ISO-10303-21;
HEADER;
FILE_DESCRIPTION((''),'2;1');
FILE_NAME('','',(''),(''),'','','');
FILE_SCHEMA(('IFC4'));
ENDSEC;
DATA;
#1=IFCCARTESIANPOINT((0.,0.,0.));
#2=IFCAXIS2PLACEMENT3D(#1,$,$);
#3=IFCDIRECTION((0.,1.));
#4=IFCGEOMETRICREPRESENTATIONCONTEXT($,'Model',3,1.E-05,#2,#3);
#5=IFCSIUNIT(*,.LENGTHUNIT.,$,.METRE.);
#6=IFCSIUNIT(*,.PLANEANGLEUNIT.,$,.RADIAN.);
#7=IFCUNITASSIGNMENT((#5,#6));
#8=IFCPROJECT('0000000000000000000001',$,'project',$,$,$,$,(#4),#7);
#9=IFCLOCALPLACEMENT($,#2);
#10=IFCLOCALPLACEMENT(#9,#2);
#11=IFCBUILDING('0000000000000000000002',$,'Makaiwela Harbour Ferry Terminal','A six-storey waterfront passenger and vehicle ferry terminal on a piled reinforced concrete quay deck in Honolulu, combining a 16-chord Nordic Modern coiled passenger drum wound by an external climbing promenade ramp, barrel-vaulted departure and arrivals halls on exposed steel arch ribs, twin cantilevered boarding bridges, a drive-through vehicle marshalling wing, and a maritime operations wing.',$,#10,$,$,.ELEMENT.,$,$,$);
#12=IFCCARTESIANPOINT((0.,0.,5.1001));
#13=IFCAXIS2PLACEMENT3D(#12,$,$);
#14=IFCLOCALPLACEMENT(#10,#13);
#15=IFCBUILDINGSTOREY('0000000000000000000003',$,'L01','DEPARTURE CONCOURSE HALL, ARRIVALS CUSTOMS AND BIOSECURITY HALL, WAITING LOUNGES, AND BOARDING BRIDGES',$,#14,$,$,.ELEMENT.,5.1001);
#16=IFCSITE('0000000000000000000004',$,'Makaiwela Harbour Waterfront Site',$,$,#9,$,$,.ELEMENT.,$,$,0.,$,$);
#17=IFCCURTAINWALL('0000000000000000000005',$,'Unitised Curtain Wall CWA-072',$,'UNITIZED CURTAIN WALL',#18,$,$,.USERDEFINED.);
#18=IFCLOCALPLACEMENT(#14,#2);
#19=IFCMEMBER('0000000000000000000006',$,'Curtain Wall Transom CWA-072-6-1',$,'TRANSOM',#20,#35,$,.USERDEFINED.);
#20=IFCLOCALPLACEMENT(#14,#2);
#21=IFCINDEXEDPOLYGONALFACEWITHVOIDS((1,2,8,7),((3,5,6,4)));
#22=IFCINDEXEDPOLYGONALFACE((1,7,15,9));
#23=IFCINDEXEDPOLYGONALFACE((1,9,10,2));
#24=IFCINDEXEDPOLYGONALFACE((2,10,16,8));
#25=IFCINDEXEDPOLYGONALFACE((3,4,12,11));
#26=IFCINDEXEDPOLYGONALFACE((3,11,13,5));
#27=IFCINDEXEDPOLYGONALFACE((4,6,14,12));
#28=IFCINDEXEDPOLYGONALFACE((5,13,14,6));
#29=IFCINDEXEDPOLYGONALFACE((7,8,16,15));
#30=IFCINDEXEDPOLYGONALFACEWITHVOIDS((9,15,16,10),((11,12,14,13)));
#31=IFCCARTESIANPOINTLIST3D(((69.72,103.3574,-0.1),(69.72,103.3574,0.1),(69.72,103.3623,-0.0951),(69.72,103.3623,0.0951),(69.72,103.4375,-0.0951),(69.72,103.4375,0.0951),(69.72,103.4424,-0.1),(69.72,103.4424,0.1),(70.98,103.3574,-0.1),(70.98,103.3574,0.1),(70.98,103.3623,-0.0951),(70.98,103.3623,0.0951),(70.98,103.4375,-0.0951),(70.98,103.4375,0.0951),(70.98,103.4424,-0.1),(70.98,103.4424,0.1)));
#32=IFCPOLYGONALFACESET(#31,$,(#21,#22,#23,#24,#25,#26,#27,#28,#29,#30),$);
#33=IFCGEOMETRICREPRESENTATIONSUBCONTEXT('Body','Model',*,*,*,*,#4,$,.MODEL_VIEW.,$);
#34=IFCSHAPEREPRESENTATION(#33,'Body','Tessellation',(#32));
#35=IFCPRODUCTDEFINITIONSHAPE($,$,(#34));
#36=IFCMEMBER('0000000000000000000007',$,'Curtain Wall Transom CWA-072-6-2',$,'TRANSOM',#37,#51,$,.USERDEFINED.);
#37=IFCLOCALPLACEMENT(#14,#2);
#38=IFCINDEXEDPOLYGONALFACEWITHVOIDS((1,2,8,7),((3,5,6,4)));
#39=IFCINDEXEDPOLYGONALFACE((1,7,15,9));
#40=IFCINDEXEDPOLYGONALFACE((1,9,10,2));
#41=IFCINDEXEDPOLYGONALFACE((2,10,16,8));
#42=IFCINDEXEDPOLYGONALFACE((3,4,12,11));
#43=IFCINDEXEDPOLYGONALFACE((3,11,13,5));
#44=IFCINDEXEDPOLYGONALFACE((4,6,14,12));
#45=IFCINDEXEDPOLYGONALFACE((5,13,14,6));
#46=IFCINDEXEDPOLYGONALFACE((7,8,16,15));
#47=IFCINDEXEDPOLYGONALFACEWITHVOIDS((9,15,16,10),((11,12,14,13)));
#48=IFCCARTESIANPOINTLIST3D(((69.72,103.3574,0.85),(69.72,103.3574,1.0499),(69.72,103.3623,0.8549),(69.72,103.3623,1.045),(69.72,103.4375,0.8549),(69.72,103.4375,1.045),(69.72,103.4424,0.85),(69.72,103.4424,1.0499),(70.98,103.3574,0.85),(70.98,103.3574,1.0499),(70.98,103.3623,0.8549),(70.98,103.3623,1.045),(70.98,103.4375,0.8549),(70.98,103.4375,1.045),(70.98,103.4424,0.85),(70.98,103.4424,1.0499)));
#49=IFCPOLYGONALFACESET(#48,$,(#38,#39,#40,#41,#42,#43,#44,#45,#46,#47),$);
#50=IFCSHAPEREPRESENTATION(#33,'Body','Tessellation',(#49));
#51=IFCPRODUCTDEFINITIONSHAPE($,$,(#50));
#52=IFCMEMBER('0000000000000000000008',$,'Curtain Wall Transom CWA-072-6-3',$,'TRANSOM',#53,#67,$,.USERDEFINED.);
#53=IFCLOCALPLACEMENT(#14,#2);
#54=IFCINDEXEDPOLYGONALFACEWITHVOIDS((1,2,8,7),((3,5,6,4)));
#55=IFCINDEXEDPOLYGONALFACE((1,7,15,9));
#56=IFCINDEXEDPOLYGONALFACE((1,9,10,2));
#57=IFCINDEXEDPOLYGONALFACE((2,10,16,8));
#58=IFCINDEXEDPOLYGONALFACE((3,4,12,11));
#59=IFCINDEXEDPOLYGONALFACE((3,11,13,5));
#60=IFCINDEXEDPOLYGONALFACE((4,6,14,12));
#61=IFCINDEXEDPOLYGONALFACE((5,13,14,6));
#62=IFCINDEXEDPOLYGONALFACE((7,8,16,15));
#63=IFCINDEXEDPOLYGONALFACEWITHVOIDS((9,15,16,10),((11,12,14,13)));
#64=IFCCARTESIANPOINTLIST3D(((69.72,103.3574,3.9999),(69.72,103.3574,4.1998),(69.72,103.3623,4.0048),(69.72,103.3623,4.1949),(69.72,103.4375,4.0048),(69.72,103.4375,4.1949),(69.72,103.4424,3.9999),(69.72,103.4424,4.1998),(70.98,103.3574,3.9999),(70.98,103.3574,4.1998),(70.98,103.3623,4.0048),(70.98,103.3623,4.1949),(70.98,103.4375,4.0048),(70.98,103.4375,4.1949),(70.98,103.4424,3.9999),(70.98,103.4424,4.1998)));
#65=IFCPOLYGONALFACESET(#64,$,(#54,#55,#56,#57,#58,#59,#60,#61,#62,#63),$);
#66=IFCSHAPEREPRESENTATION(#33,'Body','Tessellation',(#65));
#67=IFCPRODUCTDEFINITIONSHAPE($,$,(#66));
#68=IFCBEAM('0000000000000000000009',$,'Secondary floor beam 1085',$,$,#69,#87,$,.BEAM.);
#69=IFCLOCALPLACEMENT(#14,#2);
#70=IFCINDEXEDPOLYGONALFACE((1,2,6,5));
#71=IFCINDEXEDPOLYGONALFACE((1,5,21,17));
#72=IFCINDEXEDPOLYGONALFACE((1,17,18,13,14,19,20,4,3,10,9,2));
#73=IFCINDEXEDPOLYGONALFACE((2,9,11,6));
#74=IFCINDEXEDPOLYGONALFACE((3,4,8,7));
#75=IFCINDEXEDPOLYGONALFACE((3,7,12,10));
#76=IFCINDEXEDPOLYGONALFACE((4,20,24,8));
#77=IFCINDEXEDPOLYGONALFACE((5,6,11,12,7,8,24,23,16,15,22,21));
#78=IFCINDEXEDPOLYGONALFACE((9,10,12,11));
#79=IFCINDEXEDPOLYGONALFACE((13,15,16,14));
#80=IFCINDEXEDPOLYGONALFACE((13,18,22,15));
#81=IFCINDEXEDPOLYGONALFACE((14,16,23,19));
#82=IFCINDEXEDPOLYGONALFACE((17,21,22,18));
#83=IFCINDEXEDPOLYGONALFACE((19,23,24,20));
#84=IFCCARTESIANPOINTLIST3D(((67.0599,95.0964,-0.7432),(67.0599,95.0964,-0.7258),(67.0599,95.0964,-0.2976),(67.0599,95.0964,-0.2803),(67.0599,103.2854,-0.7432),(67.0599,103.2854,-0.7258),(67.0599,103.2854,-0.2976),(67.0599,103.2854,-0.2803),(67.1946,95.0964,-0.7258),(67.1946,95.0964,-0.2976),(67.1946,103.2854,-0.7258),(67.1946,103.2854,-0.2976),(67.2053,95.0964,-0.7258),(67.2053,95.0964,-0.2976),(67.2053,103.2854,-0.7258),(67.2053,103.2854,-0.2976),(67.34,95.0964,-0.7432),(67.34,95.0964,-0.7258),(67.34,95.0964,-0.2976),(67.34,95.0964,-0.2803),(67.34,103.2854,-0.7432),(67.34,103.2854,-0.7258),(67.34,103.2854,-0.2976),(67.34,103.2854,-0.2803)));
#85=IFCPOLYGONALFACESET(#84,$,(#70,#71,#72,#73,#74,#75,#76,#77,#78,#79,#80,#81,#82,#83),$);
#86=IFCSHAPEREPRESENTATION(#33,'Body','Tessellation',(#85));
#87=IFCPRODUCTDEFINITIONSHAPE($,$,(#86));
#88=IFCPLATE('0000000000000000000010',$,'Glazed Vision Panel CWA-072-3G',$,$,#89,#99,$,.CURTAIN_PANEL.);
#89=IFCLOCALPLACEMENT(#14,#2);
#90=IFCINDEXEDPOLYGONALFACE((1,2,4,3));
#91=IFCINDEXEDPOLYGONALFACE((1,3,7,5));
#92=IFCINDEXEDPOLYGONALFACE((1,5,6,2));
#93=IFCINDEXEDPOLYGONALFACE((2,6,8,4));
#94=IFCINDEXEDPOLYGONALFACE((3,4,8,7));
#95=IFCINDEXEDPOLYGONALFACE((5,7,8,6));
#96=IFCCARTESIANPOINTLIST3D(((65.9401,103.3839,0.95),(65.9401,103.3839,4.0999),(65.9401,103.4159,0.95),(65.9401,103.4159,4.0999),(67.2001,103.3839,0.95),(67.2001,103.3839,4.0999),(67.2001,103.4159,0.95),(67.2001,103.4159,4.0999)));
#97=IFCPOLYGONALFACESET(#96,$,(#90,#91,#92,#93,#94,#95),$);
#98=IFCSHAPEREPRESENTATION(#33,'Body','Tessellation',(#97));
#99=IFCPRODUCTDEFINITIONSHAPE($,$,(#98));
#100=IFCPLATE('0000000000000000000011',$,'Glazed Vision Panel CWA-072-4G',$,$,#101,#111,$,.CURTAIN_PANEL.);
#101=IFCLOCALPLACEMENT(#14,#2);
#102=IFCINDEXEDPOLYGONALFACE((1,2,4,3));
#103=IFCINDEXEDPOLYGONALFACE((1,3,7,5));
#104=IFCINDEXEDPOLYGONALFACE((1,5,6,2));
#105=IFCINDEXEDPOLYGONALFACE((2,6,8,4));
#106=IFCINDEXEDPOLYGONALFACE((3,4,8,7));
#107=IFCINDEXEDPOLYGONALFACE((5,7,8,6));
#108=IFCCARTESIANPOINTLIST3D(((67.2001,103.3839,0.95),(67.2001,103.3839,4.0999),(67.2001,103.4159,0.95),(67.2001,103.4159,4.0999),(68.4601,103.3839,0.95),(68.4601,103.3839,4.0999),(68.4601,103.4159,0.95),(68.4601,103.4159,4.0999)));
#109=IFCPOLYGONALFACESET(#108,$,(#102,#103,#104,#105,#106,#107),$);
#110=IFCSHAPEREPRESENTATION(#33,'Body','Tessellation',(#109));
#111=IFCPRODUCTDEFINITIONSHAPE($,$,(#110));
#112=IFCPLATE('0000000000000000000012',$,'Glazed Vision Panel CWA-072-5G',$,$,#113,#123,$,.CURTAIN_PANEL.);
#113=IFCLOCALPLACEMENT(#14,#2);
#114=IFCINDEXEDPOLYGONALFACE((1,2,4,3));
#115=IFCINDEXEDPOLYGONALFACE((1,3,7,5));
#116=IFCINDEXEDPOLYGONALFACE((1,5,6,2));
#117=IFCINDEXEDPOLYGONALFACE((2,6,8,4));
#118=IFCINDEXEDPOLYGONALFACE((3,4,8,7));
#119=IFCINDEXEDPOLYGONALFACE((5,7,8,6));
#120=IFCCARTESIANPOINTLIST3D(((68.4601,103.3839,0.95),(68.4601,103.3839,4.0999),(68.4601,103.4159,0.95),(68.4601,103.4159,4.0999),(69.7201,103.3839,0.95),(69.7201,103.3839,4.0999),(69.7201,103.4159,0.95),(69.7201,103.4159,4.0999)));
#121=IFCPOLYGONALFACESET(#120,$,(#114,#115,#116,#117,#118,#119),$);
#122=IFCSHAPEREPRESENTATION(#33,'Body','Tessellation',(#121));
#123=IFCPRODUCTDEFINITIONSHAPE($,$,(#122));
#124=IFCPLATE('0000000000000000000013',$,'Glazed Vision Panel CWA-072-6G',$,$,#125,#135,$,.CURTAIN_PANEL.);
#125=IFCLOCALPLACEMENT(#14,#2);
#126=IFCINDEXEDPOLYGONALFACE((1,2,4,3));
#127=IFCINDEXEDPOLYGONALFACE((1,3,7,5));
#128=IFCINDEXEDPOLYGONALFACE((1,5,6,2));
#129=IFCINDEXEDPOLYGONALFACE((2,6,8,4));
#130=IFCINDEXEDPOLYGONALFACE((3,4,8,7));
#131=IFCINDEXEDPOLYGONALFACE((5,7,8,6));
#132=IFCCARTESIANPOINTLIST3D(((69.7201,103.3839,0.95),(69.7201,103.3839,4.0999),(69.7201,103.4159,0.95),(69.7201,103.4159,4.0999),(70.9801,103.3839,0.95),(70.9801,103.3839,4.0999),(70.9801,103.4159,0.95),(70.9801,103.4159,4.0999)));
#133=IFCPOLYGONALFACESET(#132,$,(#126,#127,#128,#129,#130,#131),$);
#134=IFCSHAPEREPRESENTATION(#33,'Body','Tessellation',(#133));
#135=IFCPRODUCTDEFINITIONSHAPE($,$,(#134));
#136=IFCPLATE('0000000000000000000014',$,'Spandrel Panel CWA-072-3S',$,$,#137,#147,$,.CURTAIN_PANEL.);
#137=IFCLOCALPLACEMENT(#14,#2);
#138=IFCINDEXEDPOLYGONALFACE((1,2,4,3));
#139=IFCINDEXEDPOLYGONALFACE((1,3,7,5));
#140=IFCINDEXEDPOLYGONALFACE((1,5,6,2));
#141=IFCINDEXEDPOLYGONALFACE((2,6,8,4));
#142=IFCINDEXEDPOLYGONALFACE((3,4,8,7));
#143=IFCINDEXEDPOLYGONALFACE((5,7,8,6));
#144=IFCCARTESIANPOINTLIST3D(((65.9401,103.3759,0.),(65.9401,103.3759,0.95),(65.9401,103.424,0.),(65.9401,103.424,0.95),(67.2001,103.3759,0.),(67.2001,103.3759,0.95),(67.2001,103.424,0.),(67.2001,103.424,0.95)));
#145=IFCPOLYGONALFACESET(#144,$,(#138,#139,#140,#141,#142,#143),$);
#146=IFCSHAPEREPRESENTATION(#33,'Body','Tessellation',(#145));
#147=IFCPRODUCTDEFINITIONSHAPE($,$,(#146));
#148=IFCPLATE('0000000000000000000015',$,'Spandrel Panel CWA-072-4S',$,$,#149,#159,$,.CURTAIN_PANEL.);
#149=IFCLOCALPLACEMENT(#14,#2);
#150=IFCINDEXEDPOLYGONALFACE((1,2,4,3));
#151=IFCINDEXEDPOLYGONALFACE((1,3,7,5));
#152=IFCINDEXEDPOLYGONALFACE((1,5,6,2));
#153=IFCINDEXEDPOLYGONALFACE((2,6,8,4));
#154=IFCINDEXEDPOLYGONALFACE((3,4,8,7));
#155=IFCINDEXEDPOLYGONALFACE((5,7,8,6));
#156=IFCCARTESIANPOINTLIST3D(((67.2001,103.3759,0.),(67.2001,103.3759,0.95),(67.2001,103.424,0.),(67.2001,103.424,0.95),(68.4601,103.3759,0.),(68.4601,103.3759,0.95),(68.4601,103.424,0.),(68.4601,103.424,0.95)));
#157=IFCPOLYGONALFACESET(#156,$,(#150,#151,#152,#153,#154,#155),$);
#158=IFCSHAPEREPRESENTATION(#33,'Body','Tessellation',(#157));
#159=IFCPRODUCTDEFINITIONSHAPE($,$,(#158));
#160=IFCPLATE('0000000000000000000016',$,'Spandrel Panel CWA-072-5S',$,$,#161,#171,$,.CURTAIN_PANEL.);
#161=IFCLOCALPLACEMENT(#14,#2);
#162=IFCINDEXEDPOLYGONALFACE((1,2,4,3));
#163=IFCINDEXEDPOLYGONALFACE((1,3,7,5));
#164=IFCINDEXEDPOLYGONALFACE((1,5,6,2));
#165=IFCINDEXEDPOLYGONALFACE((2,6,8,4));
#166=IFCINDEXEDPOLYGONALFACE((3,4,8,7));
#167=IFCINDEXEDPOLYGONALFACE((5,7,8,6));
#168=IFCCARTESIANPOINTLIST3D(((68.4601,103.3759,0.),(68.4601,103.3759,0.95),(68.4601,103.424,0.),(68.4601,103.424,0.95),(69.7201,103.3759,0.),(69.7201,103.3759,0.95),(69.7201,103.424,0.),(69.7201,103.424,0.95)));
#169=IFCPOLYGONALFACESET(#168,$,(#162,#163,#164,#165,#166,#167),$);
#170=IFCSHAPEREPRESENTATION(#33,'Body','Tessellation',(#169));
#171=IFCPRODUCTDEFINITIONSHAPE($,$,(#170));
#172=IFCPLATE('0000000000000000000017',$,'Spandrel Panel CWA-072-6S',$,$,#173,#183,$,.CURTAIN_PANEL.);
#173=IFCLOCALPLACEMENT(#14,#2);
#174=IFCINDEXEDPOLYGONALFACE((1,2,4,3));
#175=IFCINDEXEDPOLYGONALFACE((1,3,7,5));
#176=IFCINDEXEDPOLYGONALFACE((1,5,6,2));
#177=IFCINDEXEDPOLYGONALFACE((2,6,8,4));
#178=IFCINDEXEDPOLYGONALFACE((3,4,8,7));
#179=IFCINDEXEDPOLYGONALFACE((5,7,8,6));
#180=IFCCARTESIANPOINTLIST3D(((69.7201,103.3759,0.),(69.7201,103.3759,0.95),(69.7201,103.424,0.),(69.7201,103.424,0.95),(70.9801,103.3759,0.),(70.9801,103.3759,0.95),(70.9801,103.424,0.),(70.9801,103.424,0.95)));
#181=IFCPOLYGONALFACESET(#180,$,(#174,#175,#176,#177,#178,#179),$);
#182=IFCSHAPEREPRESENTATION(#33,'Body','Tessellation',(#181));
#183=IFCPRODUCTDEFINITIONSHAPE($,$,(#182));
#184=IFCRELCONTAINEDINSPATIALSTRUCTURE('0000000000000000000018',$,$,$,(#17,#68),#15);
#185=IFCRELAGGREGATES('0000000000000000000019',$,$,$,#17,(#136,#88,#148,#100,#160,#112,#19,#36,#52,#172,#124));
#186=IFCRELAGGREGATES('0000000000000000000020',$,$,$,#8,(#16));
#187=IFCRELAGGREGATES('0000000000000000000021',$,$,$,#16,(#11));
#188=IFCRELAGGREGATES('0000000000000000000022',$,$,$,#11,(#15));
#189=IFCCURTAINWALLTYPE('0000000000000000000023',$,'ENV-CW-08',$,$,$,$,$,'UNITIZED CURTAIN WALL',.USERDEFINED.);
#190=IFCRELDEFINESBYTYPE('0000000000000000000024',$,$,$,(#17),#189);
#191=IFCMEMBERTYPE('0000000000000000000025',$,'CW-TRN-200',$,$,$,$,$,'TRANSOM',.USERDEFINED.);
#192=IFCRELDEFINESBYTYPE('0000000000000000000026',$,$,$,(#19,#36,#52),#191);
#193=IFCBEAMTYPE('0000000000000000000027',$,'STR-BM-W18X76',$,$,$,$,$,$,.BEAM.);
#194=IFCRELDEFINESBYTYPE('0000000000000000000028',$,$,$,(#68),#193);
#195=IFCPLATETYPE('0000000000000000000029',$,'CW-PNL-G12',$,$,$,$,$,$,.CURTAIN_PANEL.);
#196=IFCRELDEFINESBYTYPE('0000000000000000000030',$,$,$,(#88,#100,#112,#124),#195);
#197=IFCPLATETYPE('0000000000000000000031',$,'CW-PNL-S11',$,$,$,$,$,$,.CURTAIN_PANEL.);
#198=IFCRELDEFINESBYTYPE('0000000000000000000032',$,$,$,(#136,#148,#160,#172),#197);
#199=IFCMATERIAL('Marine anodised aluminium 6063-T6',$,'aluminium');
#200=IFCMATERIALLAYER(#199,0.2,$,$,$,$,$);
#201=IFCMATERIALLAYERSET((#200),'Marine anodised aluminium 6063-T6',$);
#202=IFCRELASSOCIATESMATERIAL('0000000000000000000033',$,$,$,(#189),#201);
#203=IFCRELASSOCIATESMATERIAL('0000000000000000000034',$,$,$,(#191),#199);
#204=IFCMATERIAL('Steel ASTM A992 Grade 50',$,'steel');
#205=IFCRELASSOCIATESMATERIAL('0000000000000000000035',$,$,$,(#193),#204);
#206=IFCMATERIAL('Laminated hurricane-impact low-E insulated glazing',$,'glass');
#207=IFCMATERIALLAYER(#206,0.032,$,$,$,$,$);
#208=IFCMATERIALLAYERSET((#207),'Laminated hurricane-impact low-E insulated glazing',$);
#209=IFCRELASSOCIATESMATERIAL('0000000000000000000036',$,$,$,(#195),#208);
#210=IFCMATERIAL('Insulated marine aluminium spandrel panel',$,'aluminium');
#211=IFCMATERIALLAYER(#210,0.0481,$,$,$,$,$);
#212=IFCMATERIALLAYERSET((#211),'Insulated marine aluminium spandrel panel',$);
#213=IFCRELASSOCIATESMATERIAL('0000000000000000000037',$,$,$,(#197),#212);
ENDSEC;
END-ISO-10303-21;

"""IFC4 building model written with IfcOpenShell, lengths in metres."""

from ifc_helpers import new_model, si_unit, direction, frame, origin, origin_2d, place, context, subcontext, project, spatial, rectangle, hollow_rectangle, i_section, extrude, material, layer, layer_set, material_profile, profile_set, type_object, element, aggregate, save


model = new_model("IFC4")

# Units and contexts
model_context = context("Model", 3, precision=1e-05, world=origin(), true_north=direction((0.0, 1.0)))
body_context = subcontext(model_context, "Body", "Model", "MODEL_VIEW")
ifc_project = project(units=[si_unit("LENGTHUNIT", "METRE"), si_unit("PLANEANGLEUNIT", "RADIAN")], contexts=[model_context])

# Site, building, storey
site_placement = place(None, origin())
site = spatial("IfcSite", under=ifc_project, at=site_placement, Name="Makaiwela Harbour Waterfront Site", CompositionType="ELEMENT", RefElevation=0.0)
building_placement = place(site_placement, origin())
building = spatial("IfcBuilding", under=site, at=building_placement, Name="Makaiwela Harbour Ferry Terminal", Description="A six-storey waterfront passenger and vehicle ferry terminal on a piled reinforced concrete quay deck in Honolulu, combining a 16-chord Nordic Modern coiled passenger drum wound by an external climbing promenade ramp, barrel-vaulted departure and arrivals halls on exposed steel arch ribs, twin cantilevered boarding bridges, a drive-through vehicle marshalling wing, and a maritime operations wing.", CompositionType="ELEMENT")
storey_placement = place(building_placement, frame((0.0, 0.0, 5.1001)))
storey = spatial("IfcBuildingStorey", under=building, at=storey_placement, Name="L01", Description="DEPARTURE CONCOURSE HALL, ARRIVALS CUSTOMS AND BIOSECURITY HALL, WAITING LOUNGES, AND BOARDING BRIDGES", CompositionType="ELEMENT", Elevation=5.1001)

# Curtain wall, members
ifc_material_1 = material(Name="Marine anodised aluminium 6063-T6", Category="aluminium")
ifc_layer_1 = layer(ifc_material_1, 0.2)
ifc_layer_set_1 = layer_set([ifc_layer_1], Name="Marine anodised aluminium 6063-T6")
curtain_wall_type = type_object("IfcCurtainWallType", Name="ENV-CW-08", ElementType="UNITIZED CURTAIN WALL", PredefinedType="USERDEFINED", material=ifc_layer_set_1)
curtain_wall_placement = place(storey_placement, origin())
curtain_wall = element("IfcCurtainWall", 1, at=curtain_wall_placement, inside=storey, type_object=curtain_wall_type, Name="Unitised Curtain Wall CWA-072", ObjectType="UNITIZED CURTAIN WALL", PredefinedType="USERDEFINED")
ifc_material_profile_1 = material_profile(ifc_material_1, hollow_rectangle(XDim=0.085, YDim=0.2, WallThickness=0.0049, at=origin_2d()), Name="CWT-200X85")
ifc_profile_set_1 = profile_set([ifc_material_profile_1], Name="Marine anodised aluminium 6063-T6")
member_type_1 = type_object("IfcMemberType", Name="CW-TRN-200", ElementType="TRANSOM", PredefinedType="USERDEFINED", material=ifc_profile_set_1)
member_1_placement = place(storey_placement, frame((69.72, 103.3999, 0.0), z_axis=(1.0, 0.0, 0.0), x_axis=(0.0, 1.0, 0.0)))
member_1 = element("IfcMember", 2, at=member_1_placement, type_object=member_type_1, Name="Curtain Wall Transom CWA-072-6-1", ObjectType="TRANSOM", PredefinedType="USERDEFINED", context=body_context, shape_type="SweptSolid", body=[
    extrude(hollow_rectangle(XDim=0.085, YDim=0.2, WallThickness=0.0049, at=origin_2d()), origin(), (0.0, 0.0, 1.0), 1.26),
])
member_2_placement = place(storey_placement, frame((69.72, 103.3999, 0.95), z_axis=(1.0, 0.0, 0.0), x_axis=(0.0, 1.0, 0.0)))
member_2 = element("IfcMember", 3, at=member_2_placement, type_object=member_type_1, Name="Curtain Wall Transom CWA-072-6-2", ObjectType="TRANSOM", PredefinedType="USERDEFINED", context=body_context, shape_type="SweptSolid", body=[
    extrude(hollow_rectangle(XDim=0.085, YDim=0.2, WallThickness=0.0049, at=origin_2d()), origin(), (0.0, 0.0, 1.0), 1.26),
])
member_3_placement = place(storey_placement, frame((69.72, 103.3999, 4.0999), z_axis=(1.0, 0.0, 0.0), x_axis=(0.0, 1.0, 0.0)))
member_3 = element("IfcMember", 4, at=member_3_placement, type_object=member_type_1, Name="Curtain Wall Transom CWA-072-6-3", ObjectType="TRANSOM", PredefinedType="USERDEFINED", context=body_context, shape_type="SweptSolid", body=[
    extrude(hollow_rectangle(XDim=0.085, YDim=0.2, WallThickness=0.0049, at=origin_2d()), origin(), (0.0, 0.0, 1.0), 1.26),
])

# Beam
ifc_material_2 = material(Name="Steel ASTM A992 Grade 50", Category="steel")
ifc_material_profile_2 = material_profile(ifc_material_2, i_section(OverallWidth=0.28, OverallDepth=0.4629, WebThickness=0.0107, FlangeThickness=0.0173, at=origin_2d()), Name="W18X76")
ifc_profile_set_2 = profile_set([ifc_material_profile_2], Name="Steel ASTM A992 Grade 50")
beam_type = type_object("IfcBeamType", Name="STR-BM-W18X76", PredefinedType="BEAM", material=ifc_profile_set_2)
beam_placement = place(storey_placement, frame((67.2, 95.0964, -0.5117), z_axis=(0.0, 1.0, 0.0), x_axis=(-1.0, 0.0, 0.0)))
element("IfcBeam", 5, at=beam_placement, inside=storey, type_object=beam_type, Name="Secondary floor beam 1085", PredefinedType="BEAM", context=body_context, shape_type="SweptSolid", body=[
    extrude(i_section(OverallWidth=0.28, OverallDepth=0.4629, WebThickness=0.0107, FlangeThickness=0.0173, at=origin_2d()), origin(), (0.0, 0.0, 1.0), 8.189),
])

# Plates
ifc_material_3 = material(Name="Laminated hurricane-impact low-E insulated glazing", Category="glass")
ifc_layer_2 = layer(ifc_material_3, 0.032)
ifc_layer_set_2 = layer_set([ifc_layer_2], Name="Laminated hurricane-impact low-E insulated glazing")
plate_type_1 = type_object("IfcPlateType", Name="CW-PNL-G12", PredefinedType="CURTAIN_PANEL", material=ifc_layer_set_2)
plate_1_placement = place(storey_placement, frame((66.5701, 103.3999, 0.95), z_axis=(0.0, 0.0, 1.0), x_axis=(1.0, 0.0, 0.0)))
plate_1 = element("IfcPlate", 6, at=plate_1_placement, type_object=plate_type_1, Name="Glazed Vision Panel CWA-072-3G", PredefinedType="CURTAIN_PANEL", context=body_context, shape_type="SweptSolid", body=[
    extrude(rectangle(XDim=1.26, YDim=0.032, at=origin_2d()), origin(), (0.0, 0.0, 1.0), 3.1499),
])
plate_2_placement = place(storey_placement, frame((67.8301, 103.3999, 0.95), z_axis=(0.0, 0.0, 1.0), x_axis=(1.0, 0.0, 0.0)))
plate_2 = element("IfcPlate", 7, at=plate_2_placement, type_object=plate_type_1, Name="Glazed Vision Panel CWA-072-4G", PredefinedType="CURTAIN_PANEL", context=body_context, shape_type="SweptSolid", body=[
    extrude(rectangle(XDim=1.26, YDim=0.032, at=origin_2d()), origin(), (0.0, 0.0, 1.0), 3.1499),
])
plate_3_placement = place(storey_placement, frame((69.0901, 103.3999, 0.95), z_axis=(0.0, 0.0, 1.0), x_axis=(1.0, 0.0, 0.0)))
plate_3 = element("IfcPlate", 8, at=plate_3_placement, type_object=plate_type_1, Name="Glazed Vision Panel CWA-072-5G", PredefinedType="CURTAIN_PANEL", context=body_context, shape_type="SweptSolid", body=[
    extrude(rectangle(XDim=1.26, YDim=0.032, at=origin_2d()), origin(), (0.0, 0.0, 1.0), 3.1499),
])
plate_4_placement = place(storey_placement, frame((70.3501, 103.3999, 0.95), z_axis=(0.0, 0.0, 1.0), x_axis=(1.0, 0.0, 0.0)))
plate_4 = element("IfcPlate", 9, at=plate_4_placement, type_object=plate_type_1, Name="Glazed Vision Panel CWA-072-6G", PredefinedType="CURTAIN_PANEL", context=body_context, shape_type="SweptSolid", body=[
    extrude(rectangle(XDim=1.26, YDim=0.032, at=origin_2d()), origin(), (0.0, 0.0, 1.0), 3.1499),
])
ifc_material_4 = material(Name="Insulated marine aluminium spandrel panel", Category="aluminium")
ifc_layer_3 = layer(ifc_material_4, 0.0481)
ifc_layer_set_3 = layer_set([ifc_layer_3], Name="Insulated marine aluminium spandrel panel")
plate_type_2 = type_object("IfcPlateType", Name="CW-PNL-S11", PredefinedType="CURTAIN_PANEL", material=ifc_layer_set_3)
plate_5_placement = place(storey_placement, frame((66.5701, 103.3999, 0.0), z_axis=(0.0, 0.0, 1.0), x_axis=(1.0, 0.0, 0.0)))
plate_5 = element("IfcPlate", 10, at=plate_5_placement, type_object=plate_type_2, Name="Spandrel Panel CWA-072-3S", PredefinedType="CURTAIN_PANEL", context=body_context, shape_type="SweptSolid", body=[
    extrude(rectangle(XDim=1.26, YDim=0.0481, at=origin_2d()), origin(), (0.0, 0.0, 1.0), 0.95),
])
plate_6_placement = place(storey_placement, frame((67.8301, 103.3999, 0.0), z_axis=(0.0, 0.0, 1.0), x_axis=(1.0, 0.0, 0.0)))
plate_6 = element("IfcPlate", 11, at=plate_6_placement, type_object=plate_type_2, Name="Spandrel Panel CWA-072-4S", PredefinedType="CURTAIN_PANEL", context=body_context, shape_type="SweptSolid", body=[
    extrude(rectangle(XDim=1.26, YDim=0.0481, at=origin_2d()), origin(), (0.0, 0.0, 1.0), 0.95),
])
plate_7_placement = place(storey_placement, frame((69.0901, 103.3999, 0.0), z_axis=(0.0, 0.0, 1.0), x_axis=(1.0, 0.0, 0.0)))
plate_7 = element("IfcPlate", 12, at=plate_7_placement, type_object=plate_type_2, Name="Spandrel Panel CWA-072-5S", PredefinedType="CURTAIN_PANEL", context=body_context, shape_type="SweptSolid", body=[
    extrude(rectangle(XDim=1.26, YDim=0.0481, at=origin_2d()), origin(), (0.0, 0.0, 1.0), 0.95),
])
plate_8_placement = place(storey_placement, frame((70.3501, 103.3999, 0.0), z_axis=(0.0, 0.0, 1.0), x_axis=(1.0, 0.0, 0.0)))
plate_8 = element("IfcPlate", 13, at=plate_8_placement, type_object=plate_type_2, Name="Spandrel Panel CWA-072-6S", PredefinedType="CURTAIN_PANEL", context=body_context, shape_type="SweptSolid", body=[
    extrude(rectangle(XDim=1.26, YDim=0.0481, at=origin_2d()), origin(), (0.0, 0.0, 1.0), 0.95),
])
aggregate(curtain_wall, [plate_5, plate_1, plate_6, plate_2, plate_7, plate_3, member_1, member_2, member_3, plate_8, plate_4])

save(model, "model.ifc")
